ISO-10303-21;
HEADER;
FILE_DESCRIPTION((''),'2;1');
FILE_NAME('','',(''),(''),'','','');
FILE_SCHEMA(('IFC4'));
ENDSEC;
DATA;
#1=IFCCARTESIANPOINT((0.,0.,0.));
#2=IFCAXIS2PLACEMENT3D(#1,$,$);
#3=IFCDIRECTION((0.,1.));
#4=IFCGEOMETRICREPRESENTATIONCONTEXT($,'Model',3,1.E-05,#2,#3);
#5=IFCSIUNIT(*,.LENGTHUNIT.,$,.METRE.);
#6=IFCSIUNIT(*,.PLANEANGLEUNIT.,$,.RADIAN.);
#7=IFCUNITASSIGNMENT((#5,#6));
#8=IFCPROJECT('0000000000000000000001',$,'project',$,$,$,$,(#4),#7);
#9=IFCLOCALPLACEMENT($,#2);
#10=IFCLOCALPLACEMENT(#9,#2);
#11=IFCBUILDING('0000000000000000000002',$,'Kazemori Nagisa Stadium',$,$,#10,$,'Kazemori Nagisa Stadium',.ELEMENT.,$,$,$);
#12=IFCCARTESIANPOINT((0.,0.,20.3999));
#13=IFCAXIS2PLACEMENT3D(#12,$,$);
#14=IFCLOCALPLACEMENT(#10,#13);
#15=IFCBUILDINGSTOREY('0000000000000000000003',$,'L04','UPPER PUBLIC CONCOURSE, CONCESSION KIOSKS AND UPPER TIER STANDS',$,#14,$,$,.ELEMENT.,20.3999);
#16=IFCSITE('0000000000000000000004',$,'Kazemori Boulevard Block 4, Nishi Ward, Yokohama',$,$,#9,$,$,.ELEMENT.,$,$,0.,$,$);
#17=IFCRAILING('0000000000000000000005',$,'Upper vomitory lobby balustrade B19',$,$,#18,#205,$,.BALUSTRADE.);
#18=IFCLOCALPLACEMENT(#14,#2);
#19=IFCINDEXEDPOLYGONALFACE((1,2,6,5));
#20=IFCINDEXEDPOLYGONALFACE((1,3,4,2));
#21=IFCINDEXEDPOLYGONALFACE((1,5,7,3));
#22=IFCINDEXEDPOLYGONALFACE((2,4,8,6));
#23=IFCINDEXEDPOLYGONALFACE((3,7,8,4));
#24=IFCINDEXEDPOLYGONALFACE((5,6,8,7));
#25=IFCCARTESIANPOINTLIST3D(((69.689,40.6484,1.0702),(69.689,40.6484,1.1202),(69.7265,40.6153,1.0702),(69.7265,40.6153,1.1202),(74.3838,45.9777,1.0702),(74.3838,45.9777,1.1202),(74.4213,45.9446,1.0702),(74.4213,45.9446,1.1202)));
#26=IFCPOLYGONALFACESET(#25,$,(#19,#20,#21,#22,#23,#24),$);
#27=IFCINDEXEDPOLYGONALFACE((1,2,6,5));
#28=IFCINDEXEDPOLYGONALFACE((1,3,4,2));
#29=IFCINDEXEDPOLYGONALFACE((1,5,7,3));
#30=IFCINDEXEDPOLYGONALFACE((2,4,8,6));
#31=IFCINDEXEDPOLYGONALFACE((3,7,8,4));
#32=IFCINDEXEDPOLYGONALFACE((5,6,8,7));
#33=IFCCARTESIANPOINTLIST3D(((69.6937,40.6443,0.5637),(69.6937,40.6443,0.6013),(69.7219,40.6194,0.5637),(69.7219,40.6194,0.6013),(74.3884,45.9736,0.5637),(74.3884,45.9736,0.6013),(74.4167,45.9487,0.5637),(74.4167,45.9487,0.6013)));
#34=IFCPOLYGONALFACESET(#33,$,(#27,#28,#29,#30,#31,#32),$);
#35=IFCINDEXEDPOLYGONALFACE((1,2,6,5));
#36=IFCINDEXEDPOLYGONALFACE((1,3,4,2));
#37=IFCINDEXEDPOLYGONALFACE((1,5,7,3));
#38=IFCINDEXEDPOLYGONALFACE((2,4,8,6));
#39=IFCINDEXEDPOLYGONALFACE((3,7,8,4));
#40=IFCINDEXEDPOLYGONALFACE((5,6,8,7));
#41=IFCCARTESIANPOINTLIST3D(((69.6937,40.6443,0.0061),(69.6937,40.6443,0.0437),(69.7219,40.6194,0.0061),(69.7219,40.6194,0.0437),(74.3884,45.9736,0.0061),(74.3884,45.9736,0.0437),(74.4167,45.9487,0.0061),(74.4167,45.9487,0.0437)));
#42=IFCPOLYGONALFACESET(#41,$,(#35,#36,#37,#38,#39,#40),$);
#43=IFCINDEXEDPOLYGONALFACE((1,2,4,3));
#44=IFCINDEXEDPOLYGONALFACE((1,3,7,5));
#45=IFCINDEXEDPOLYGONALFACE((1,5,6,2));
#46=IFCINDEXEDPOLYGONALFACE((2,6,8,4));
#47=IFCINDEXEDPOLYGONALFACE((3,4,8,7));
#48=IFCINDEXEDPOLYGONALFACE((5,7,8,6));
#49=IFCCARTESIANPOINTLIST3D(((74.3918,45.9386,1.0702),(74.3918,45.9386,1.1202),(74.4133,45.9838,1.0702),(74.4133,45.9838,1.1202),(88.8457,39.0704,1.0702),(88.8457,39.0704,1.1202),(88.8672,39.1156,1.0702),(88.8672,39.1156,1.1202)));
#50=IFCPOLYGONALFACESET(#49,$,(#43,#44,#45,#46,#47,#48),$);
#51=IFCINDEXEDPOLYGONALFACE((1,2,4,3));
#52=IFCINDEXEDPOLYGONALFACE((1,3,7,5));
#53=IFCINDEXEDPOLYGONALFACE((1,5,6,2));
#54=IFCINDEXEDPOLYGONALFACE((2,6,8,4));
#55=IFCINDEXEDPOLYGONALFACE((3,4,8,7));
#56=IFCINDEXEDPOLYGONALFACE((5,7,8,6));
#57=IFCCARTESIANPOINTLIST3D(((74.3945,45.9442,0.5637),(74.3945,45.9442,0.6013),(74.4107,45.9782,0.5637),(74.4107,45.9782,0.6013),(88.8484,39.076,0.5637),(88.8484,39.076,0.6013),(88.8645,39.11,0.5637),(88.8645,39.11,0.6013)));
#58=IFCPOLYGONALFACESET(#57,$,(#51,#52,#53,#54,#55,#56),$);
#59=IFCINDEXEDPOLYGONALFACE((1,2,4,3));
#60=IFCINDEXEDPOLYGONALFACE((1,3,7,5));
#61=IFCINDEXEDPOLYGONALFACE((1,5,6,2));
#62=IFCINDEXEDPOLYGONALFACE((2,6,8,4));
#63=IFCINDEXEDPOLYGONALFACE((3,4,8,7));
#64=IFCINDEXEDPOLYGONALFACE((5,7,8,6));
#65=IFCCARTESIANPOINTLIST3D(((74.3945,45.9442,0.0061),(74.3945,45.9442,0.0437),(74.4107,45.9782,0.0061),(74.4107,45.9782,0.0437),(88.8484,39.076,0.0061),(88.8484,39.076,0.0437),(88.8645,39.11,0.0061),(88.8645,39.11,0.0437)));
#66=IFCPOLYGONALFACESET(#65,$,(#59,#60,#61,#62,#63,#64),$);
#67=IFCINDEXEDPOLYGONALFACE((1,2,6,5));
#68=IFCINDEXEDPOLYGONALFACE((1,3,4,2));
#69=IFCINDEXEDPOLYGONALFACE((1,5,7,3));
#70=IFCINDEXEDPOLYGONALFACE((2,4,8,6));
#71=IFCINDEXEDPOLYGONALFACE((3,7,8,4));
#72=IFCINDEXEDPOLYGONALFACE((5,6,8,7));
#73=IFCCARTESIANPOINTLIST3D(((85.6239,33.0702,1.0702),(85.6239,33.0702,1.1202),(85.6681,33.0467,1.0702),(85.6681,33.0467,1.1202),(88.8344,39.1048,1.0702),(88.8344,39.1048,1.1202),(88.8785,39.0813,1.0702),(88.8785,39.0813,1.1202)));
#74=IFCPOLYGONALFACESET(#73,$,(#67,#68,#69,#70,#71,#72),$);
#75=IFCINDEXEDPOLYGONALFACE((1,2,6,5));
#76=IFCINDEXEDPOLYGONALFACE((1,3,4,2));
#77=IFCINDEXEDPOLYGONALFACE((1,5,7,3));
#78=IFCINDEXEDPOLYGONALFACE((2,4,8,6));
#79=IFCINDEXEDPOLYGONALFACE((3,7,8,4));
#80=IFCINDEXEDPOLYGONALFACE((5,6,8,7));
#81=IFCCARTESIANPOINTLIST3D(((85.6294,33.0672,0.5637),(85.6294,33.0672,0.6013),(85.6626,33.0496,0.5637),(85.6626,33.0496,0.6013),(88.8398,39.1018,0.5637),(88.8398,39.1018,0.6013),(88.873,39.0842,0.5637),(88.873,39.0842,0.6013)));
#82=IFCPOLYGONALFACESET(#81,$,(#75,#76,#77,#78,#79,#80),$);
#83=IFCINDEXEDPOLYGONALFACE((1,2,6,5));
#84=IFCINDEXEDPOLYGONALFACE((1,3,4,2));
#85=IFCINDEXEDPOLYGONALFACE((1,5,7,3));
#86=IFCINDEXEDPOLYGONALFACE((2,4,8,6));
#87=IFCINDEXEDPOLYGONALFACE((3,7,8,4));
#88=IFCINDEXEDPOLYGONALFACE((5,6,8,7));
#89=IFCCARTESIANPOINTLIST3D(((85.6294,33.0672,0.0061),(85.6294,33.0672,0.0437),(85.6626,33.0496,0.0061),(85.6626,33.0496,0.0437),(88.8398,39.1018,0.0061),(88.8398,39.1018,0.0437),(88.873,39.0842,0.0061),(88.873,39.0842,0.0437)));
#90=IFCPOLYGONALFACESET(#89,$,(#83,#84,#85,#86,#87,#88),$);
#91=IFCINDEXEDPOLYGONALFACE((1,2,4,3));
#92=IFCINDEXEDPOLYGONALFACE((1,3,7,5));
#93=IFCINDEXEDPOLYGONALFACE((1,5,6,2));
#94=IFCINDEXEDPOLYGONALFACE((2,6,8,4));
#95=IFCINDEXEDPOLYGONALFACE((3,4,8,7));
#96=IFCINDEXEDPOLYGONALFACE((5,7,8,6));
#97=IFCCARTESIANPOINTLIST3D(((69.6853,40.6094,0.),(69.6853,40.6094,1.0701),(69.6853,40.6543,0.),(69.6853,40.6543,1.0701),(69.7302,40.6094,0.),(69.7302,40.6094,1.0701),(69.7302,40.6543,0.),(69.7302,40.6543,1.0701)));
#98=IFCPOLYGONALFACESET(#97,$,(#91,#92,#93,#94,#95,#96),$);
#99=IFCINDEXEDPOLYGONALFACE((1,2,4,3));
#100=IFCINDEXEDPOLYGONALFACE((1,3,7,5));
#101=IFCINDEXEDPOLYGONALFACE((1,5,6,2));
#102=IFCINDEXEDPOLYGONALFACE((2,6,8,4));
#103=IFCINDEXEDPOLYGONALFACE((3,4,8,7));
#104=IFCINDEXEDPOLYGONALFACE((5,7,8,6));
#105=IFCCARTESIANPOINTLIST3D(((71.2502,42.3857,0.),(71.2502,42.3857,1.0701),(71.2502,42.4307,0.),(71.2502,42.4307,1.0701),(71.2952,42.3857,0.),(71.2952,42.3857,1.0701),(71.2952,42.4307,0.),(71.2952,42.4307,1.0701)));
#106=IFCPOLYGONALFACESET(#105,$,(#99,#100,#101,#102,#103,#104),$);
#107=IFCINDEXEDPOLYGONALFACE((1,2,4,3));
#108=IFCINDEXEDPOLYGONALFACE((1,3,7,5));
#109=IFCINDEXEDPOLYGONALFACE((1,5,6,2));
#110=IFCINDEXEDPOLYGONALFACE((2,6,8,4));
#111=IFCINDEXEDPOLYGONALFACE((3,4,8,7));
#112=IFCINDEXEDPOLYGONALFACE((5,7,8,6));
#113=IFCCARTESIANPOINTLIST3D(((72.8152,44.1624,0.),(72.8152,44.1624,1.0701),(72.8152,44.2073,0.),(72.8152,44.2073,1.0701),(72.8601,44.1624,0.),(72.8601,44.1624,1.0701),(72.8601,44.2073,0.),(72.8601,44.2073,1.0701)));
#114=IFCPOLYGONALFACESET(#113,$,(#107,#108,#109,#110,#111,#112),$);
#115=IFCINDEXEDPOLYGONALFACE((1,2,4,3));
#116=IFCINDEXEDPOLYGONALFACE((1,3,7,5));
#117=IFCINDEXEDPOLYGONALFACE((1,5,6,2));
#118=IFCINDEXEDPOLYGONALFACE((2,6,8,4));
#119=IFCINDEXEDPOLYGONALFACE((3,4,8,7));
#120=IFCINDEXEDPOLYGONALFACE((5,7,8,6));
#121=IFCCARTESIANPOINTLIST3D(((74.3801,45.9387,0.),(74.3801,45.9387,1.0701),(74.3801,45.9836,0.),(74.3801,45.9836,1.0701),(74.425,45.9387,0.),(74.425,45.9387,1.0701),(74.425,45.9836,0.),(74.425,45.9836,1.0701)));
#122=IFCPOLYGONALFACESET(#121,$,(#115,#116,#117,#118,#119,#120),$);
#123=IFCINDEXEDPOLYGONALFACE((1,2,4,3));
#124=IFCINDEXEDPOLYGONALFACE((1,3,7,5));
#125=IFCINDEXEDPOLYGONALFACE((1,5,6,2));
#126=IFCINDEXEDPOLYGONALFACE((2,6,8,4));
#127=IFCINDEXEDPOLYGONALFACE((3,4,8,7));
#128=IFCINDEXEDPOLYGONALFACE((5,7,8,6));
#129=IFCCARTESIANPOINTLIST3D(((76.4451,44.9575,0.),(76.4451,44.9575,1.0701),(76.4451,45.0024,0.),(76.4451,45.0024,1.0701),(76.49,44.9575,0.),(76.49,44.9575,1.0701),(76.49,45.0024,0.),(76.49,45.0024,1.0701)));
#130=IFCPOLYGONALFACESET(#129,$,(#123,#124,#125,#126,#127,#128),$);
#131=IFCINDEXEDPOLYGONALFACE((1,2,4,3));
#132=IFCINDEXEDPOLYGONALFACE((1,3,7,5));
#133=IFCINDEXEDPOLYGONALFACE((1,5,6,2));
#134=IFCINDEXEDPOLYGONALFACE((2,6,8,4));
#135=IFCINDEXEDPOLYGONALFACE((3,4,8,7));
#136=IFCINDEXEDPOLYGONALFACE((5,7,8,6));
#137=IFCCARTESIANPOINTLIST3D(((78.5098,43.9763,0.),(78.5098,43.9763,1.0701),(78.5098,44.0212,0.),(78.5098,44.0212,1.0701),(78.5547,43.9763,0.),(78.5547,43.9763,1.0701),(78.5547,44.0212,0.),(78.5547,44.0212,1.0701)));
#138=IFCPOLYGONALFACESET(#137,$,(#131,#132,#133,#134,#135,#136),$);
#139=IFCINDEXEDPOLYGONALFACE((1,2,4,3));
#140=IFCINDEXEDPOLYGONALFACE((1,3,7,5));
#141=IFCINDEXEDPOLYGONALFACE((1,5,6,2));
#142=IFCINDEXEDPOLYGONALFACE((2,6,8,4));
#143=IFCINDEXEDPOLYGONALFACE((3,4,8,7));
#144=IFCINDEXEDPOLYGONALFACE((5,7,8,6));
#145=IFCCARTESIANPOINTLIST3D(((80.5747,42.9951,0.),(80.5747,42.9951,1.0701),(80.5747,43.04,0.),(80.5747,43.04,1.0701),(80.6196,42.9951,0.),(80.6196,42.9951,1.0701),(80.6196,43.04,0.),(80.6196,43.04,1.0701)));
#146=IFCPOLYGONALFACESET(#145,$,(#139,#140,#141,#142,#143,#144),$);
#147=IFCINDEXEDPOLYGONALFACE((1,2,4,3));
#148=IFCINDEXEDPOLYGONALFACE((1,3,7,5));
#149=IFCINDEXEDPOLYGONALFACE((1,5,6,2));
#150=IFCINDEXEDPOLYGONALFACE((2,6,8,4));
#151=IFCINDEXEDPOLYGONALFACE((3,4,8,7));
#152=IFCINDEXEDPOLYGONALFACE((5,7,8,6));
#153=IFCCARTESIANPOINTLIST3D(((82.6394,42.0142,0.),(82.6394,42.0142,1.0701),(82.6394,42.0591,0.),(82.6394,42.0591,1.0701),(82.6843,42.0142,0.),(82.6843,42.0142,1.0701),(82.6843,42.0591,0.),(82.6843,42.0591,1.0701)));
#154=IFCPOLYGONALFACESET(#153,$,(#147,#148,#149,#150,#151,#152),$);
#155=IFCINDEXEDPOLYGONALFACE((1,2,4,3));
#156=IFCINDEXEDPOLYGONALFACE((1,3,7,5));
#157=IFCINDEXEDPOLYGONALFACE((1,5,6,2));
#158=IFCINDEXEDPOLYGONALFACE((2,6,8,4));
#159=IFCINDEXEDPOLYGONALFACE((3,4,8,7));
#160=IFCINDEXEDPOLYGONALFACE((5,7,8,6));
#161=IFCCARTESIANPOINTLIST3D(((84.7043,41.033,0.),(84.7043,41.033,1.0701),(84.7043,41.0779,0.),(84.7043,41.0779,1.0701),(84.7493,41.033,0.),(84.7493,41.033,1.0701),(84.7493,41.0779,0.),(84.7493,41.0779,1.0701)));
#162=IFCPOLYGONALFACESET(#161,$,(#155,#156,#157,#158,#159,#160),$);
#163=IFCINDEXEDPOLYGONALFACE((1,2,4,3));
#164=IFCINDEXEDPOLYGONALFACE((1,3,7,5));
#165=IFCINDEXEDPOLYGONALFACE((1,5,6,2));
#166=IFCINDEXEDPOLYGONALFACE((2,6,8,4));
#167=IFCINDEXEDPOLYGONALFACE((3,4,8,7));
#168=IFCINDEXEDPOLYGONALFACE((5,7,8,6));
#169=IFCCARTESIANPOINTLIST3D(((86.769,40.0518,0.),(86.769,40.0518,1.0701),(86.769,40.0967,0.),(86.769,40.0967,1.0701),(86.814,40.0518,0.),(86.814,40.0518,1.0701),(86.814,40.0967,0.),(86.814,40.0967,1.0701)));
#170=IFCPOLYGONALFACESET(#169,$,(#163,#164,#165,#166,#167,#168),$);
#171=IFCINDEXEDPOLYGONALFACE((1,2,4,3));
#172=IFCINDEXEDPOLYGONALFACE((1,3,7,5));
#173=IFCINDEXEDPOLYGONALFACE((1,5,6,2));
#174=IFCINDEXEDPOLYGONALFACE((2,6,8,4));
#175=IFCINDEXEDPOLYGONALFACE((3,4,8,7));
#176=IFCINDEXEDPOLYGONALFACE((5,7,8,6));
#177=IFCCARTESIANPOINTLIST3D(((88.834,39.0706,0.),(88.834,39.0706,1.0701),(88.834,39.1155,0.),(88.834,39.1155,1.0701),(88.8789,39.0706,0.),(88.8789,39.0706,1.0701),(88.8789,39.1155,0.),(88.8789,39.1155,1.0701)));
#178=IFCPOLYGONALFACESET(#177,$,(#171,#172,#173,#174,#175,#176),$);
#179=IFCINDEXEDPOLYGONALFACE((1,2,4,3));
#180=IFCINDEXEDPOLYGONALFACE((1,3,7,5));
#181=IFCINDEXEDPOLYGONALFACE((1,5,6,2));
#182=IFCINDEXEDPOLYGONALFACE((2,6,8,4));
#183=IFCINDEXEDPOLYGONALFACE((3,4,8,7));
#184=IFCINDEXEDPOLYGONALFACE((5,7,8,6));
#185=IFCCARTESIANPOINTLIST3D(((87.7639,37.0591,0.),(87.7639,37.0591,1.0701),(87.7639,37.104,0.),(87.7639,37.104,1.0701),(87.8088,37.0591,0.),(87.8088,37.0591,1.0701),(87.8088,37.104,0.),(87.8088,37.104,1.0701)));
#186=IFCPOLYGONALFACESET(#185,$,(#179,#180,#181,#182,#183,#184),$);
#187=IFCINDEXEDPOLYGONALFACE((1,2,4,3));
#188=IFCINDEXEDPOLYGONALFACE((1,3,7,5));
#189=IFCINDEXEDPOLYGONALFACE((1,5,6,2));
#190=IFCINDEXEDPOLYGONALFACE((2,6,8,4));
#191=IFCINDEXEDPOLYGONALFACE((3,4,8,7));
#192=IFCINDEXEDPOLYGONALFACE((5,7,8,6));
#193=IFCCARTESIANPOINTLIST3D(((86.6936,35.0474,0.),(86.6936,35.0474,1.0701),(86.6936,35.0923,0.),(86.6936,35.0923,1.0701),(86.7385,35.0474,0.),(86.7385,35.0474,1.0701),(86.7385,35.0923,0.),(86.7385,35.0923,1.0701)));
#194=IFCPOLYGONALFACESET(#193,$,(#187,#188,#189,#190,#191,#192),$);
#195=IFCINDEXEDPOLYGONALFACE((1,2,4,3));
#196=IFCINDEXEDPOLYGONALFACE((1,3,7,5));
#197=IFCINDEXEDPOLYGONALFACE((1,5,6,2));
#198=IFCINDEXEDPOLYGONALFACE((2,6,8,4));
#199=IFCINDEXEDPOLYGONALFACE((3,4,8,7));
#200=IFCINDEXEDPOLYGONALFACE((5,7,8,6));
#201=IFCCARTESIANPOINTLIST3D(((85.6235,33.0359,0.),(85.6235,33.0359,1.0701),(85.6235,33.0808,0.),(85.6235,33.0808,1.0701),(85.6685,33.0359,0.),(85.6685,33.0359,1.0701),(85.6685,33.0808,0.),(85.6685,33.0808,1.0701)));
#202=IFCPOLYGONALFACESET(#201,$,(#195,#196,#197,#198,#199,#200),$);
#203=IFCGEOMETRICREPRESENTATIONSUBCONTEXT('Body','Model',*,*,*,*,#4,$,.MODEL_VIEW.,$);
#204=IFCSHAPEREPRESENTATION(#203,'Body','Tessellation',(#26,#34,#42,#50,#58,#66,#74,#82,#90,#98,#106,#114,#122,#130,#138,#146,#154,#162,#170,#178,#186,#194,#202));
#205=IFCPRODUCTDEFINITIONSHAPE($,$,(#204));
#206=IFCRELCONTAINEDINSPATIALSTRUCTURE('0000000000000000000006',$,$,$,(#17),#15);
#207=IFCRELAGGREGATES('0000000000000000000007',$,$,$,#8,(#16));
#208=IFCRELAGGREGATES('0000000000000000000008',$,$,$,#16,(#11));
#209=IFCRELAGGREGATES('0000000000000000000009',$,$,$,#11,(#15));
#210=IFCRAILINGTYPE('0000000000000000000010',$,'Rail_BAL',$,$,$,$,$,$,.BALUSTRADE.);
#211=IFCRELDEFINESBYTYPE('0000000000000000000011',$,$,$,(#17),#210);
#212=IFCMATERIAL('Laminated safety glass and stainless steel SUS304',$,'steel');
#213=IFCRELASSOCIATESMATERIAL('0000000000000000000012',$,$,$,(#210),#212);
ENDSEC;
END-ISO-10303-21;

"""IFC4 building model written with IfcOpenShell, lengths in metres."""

from ifc_helpers import new_model, si_unit, direction, frame, origin, origin_2d, place, context, subcontext, project, spatial, rectangle, extrude, material, type_object, element, save


model = new_model("IFC4")

# Units and contexts
model_context = context("Model", 3, precision=1e-05, world=origin(), true_north=direction((0.0, 1.0)))
body_context = subcontext(model_context, "Body", "Model", "MODEL_VIEW")
ifc_project = project(units=[si_unit("LENGTHUNIT", "METRE"), si_unit("PLANEANGLEUNIT", "RADIAN")], contexts=[model_context])

# Site, building, storey
site_placement = place(None, origin())
site = spatial("IfcSite", under=ifc_project, at=site_placement, Name="Kazemori Boulevard Block 4, Nishi Ward, Yokohama", CompositionType="ELEMENT", RefElevation=0.0)
building_placement = place(site_placement, origin())
building = spatial("IfcBuilding", under=site, at=building_placement, Name="Kazemori Nagisa Stadium", LongName="Kazemori Nagisa Stadium", CompositionType="ELEMENT")
storey_placement = place(building_placement, frame((0.0, 0.0, 20.3999)))
storey = spatial("IfcBuildingStorey", under=building, at=storey_placement, Name="L04", Description="UPPER PUBLIC CONCOURSE, CONCESSION KIOSKS AND UPPER TIER STANDS", CompositionType="ELEMENT", Elevation=20.3999)

# Railing
ifc_material_1 = material(Name="Laminated safety glass and stainless steel SUS304", Category="steel")
railing_type_1 = type_object("IfcRailingType", Name="Rail_BAL", PredefinedType="BALUSTRADE", material=ifc_material_1)
railing_1_placement = place(storey_placement, frame((69.7078, 40.6318, 0.0)))
element("IfcRailing", 1, at=railing_1_placement, inside=storey, type_object=railing_type_1, Name="Upper vomitory lobby balustrade B19", PredefinedType="BALUSTRADE", context=body_context, shape_type="SweptSolid", body=[
    extrude(rectangle(XDim=0.05, YDim=0.05, at=origin_2d()), frame((0.0, 0.0, 1.0952), z_axis=(0.661025, 0.750364, 0.0), x_axis=(-0.750364, 0.661025, 0.0)), (0.0, 0.0, 1.0), 7.1023),
    extrude(rectangle(XDim=0.0376, YDim=0.0376, at=origin_2d()), frame((0.0, 0.0, 0.5825), z_axis=(0.661025, 0.750364, 0.0), x_axis=(-0.750364, 0.661025, 0.0)), (0.0, 0.0, 1.0), 7.1023),
    extrude(rectangle(XDim=0.0376, YDim=0.0376, at=origin_2d()), frame((0.0, 0.0, 0.0249), z_axis=(0.661025, 0.750364, 0.0), x_axis=(-0.750364, 0.661025, 0.0)), (0.0, 0.0, 1.0), 7.1023),
    extrude(rectangle(XDim=0.05, YDim=0.05, at=origin_2d()), frame((4.6948, 5.3293, 1.0952), z_axis=(0.903215, -0.429188, 0.0), x_axis=(0.429188, 0.903215, 0.0)), (0.0, 0.0, 1.0), 16.0027),
    extrude(rectangle(XDim=0.0376, YDim=0.0376, at=origin_2d()), frame((4.6948, 5.3293, 0.5825), z_axis=(0.903215, -0.429188, 0.0), x_axis=(0.429188, 0.903215, 0.0)), (0.0, 0.0, 1.0), 16.0027),
    extrude(rectangle(XDim=0.0376, YDim=0.0376, at=origin_2d()), frame((4.6948, 5.3293, 0.0249), z_axis=(0.903215, -0.429188, 0.0), x_axis=(0.429188, 0.903215, 0.0)), (0.0, 0.0, 1.0), 16.0027),
    extrude(rectangle(XDim=0.05, YDim=0.05, at=origin_2d()), frame((19.1487, -1.5388, 1.0952), z_axis=(-0.469672, -0.882841, 0.0), x_axis=(0.882841, -0.469672, 0.0)), (0.0, 0.0, 1.0), 6.8354),
    extrude(rectangle(XDim=0.0376, YDim=0.0376, at=origin_2d()), frame((19.1487, -1.5388, 0.5825), z_axis=(-0.469672, -0.882841, 0.0), x_axis=(0.882841, -0.469672, 0.0)), (0.0, 0.0, 1.0), 6.8354),
    extrude(rectangle(XDim=0.0376, YDim=0.0376, at=origin_2d()), frame((19.1487, -1.5388, 0.0249), z_axis=(-0.469672, -0.882841, 0.0), x_axis=(0.882841, -0.469672, 0.0)), (0.0, 0.0, 1.0), 6.8354),
    extrude(rectangle(XDim=0.0449, YDim=0.0449, at=origin_2d()), origin(), (0.0, 0.0, 1.0), 1.0701),
    extrude(rectangle(XDim=0.0449, YDim=0.0449, at=origin_2d()), frame((1.5649, 1.7764, 0.0)), (0.0, 0.0, 1.0), 1.0701),
    extrude(rectangle(XDim=0.0449, YDim=0.0449, at=origin_2d()), frame((3.1299, 3.553, 0.0)), (0.0, 0.0, 1.0), 1.0701),
    extrude(rectangle(XDim=0.0449, YDim=0.0449, at=origin_2d()), frame((4.6948, 5.3293, 0.0)), (0.0, 0.0, 1.0), 1.0701),
    extrude(rectangle(XDim=0.0449, YDim=0.0449, at=origin_2d()), frame((6.7598, 4.3481, 0.0)), (0.0, 0.0, 1.0), 1.0701),
    extrude(rectangle(XDim=0.0449, YDim=0.0449, at=origin_2d()), frame((8.8245, 3.3669, 0.0)), (0.0, 0.0, 1.0), 1.0701),
    extrude(rectangle(XDim=0.0449, YDim=0.0449, at=origin_2d()), frame((10.8894, 2.3857, 0.0)), (0.0, 0.0, 1.0), 1.0701),
    extrude(rectangle(XDim=0.0449, YDim=0.0449, at=origin_2d()), frame((12.9541, 1.4048, 0.0)), (0.0, 0.0, 1.0), 1.0701),
    extrude(rectangle(XDim=0.0449, YDim=0.0449, at=origin_2d()), frame((15.019, 0.4236, 0.0)), (0.0, 0.0, 1.0), 1.0701),
    extrude(rectangle(XDim=0.0449, YDim=0.0449, at=origin_2d()), frame((17.0837, -0.5576, 0.0)), (0.0, 0.0, 1.0), 1.0701),
    extrude(rectangle(XDim=0.0449, YDim=0.0449, at=origin_2d()), frame((19.1487, -1.5388, 0.0)), (0.0, 0.0, 1.0), 1.0701),
    extrude(rectangle(XDim=0.0449, YDim=0.0449, at=origin_2d()), frame((18.0786, -3.5503, 0.0)), (0.0, 0.0, 1.0), 1.0701),
    extrude(rectangle(XDim=0.0449, YDim=0.0449, at=origin_2d()), frame((17.0083, -5.562, 0.0)), (0.0, 0.0, 1.0), 1.0701),
    extrude(rectangle(XDim=0.0449, YDim=0.0449, at=origin_2d()), frame((15.9382, -7.5735, 0.0)), (0.0, 0.0, 1.0), 1.0701),
])

save(model, "model.ifc")
